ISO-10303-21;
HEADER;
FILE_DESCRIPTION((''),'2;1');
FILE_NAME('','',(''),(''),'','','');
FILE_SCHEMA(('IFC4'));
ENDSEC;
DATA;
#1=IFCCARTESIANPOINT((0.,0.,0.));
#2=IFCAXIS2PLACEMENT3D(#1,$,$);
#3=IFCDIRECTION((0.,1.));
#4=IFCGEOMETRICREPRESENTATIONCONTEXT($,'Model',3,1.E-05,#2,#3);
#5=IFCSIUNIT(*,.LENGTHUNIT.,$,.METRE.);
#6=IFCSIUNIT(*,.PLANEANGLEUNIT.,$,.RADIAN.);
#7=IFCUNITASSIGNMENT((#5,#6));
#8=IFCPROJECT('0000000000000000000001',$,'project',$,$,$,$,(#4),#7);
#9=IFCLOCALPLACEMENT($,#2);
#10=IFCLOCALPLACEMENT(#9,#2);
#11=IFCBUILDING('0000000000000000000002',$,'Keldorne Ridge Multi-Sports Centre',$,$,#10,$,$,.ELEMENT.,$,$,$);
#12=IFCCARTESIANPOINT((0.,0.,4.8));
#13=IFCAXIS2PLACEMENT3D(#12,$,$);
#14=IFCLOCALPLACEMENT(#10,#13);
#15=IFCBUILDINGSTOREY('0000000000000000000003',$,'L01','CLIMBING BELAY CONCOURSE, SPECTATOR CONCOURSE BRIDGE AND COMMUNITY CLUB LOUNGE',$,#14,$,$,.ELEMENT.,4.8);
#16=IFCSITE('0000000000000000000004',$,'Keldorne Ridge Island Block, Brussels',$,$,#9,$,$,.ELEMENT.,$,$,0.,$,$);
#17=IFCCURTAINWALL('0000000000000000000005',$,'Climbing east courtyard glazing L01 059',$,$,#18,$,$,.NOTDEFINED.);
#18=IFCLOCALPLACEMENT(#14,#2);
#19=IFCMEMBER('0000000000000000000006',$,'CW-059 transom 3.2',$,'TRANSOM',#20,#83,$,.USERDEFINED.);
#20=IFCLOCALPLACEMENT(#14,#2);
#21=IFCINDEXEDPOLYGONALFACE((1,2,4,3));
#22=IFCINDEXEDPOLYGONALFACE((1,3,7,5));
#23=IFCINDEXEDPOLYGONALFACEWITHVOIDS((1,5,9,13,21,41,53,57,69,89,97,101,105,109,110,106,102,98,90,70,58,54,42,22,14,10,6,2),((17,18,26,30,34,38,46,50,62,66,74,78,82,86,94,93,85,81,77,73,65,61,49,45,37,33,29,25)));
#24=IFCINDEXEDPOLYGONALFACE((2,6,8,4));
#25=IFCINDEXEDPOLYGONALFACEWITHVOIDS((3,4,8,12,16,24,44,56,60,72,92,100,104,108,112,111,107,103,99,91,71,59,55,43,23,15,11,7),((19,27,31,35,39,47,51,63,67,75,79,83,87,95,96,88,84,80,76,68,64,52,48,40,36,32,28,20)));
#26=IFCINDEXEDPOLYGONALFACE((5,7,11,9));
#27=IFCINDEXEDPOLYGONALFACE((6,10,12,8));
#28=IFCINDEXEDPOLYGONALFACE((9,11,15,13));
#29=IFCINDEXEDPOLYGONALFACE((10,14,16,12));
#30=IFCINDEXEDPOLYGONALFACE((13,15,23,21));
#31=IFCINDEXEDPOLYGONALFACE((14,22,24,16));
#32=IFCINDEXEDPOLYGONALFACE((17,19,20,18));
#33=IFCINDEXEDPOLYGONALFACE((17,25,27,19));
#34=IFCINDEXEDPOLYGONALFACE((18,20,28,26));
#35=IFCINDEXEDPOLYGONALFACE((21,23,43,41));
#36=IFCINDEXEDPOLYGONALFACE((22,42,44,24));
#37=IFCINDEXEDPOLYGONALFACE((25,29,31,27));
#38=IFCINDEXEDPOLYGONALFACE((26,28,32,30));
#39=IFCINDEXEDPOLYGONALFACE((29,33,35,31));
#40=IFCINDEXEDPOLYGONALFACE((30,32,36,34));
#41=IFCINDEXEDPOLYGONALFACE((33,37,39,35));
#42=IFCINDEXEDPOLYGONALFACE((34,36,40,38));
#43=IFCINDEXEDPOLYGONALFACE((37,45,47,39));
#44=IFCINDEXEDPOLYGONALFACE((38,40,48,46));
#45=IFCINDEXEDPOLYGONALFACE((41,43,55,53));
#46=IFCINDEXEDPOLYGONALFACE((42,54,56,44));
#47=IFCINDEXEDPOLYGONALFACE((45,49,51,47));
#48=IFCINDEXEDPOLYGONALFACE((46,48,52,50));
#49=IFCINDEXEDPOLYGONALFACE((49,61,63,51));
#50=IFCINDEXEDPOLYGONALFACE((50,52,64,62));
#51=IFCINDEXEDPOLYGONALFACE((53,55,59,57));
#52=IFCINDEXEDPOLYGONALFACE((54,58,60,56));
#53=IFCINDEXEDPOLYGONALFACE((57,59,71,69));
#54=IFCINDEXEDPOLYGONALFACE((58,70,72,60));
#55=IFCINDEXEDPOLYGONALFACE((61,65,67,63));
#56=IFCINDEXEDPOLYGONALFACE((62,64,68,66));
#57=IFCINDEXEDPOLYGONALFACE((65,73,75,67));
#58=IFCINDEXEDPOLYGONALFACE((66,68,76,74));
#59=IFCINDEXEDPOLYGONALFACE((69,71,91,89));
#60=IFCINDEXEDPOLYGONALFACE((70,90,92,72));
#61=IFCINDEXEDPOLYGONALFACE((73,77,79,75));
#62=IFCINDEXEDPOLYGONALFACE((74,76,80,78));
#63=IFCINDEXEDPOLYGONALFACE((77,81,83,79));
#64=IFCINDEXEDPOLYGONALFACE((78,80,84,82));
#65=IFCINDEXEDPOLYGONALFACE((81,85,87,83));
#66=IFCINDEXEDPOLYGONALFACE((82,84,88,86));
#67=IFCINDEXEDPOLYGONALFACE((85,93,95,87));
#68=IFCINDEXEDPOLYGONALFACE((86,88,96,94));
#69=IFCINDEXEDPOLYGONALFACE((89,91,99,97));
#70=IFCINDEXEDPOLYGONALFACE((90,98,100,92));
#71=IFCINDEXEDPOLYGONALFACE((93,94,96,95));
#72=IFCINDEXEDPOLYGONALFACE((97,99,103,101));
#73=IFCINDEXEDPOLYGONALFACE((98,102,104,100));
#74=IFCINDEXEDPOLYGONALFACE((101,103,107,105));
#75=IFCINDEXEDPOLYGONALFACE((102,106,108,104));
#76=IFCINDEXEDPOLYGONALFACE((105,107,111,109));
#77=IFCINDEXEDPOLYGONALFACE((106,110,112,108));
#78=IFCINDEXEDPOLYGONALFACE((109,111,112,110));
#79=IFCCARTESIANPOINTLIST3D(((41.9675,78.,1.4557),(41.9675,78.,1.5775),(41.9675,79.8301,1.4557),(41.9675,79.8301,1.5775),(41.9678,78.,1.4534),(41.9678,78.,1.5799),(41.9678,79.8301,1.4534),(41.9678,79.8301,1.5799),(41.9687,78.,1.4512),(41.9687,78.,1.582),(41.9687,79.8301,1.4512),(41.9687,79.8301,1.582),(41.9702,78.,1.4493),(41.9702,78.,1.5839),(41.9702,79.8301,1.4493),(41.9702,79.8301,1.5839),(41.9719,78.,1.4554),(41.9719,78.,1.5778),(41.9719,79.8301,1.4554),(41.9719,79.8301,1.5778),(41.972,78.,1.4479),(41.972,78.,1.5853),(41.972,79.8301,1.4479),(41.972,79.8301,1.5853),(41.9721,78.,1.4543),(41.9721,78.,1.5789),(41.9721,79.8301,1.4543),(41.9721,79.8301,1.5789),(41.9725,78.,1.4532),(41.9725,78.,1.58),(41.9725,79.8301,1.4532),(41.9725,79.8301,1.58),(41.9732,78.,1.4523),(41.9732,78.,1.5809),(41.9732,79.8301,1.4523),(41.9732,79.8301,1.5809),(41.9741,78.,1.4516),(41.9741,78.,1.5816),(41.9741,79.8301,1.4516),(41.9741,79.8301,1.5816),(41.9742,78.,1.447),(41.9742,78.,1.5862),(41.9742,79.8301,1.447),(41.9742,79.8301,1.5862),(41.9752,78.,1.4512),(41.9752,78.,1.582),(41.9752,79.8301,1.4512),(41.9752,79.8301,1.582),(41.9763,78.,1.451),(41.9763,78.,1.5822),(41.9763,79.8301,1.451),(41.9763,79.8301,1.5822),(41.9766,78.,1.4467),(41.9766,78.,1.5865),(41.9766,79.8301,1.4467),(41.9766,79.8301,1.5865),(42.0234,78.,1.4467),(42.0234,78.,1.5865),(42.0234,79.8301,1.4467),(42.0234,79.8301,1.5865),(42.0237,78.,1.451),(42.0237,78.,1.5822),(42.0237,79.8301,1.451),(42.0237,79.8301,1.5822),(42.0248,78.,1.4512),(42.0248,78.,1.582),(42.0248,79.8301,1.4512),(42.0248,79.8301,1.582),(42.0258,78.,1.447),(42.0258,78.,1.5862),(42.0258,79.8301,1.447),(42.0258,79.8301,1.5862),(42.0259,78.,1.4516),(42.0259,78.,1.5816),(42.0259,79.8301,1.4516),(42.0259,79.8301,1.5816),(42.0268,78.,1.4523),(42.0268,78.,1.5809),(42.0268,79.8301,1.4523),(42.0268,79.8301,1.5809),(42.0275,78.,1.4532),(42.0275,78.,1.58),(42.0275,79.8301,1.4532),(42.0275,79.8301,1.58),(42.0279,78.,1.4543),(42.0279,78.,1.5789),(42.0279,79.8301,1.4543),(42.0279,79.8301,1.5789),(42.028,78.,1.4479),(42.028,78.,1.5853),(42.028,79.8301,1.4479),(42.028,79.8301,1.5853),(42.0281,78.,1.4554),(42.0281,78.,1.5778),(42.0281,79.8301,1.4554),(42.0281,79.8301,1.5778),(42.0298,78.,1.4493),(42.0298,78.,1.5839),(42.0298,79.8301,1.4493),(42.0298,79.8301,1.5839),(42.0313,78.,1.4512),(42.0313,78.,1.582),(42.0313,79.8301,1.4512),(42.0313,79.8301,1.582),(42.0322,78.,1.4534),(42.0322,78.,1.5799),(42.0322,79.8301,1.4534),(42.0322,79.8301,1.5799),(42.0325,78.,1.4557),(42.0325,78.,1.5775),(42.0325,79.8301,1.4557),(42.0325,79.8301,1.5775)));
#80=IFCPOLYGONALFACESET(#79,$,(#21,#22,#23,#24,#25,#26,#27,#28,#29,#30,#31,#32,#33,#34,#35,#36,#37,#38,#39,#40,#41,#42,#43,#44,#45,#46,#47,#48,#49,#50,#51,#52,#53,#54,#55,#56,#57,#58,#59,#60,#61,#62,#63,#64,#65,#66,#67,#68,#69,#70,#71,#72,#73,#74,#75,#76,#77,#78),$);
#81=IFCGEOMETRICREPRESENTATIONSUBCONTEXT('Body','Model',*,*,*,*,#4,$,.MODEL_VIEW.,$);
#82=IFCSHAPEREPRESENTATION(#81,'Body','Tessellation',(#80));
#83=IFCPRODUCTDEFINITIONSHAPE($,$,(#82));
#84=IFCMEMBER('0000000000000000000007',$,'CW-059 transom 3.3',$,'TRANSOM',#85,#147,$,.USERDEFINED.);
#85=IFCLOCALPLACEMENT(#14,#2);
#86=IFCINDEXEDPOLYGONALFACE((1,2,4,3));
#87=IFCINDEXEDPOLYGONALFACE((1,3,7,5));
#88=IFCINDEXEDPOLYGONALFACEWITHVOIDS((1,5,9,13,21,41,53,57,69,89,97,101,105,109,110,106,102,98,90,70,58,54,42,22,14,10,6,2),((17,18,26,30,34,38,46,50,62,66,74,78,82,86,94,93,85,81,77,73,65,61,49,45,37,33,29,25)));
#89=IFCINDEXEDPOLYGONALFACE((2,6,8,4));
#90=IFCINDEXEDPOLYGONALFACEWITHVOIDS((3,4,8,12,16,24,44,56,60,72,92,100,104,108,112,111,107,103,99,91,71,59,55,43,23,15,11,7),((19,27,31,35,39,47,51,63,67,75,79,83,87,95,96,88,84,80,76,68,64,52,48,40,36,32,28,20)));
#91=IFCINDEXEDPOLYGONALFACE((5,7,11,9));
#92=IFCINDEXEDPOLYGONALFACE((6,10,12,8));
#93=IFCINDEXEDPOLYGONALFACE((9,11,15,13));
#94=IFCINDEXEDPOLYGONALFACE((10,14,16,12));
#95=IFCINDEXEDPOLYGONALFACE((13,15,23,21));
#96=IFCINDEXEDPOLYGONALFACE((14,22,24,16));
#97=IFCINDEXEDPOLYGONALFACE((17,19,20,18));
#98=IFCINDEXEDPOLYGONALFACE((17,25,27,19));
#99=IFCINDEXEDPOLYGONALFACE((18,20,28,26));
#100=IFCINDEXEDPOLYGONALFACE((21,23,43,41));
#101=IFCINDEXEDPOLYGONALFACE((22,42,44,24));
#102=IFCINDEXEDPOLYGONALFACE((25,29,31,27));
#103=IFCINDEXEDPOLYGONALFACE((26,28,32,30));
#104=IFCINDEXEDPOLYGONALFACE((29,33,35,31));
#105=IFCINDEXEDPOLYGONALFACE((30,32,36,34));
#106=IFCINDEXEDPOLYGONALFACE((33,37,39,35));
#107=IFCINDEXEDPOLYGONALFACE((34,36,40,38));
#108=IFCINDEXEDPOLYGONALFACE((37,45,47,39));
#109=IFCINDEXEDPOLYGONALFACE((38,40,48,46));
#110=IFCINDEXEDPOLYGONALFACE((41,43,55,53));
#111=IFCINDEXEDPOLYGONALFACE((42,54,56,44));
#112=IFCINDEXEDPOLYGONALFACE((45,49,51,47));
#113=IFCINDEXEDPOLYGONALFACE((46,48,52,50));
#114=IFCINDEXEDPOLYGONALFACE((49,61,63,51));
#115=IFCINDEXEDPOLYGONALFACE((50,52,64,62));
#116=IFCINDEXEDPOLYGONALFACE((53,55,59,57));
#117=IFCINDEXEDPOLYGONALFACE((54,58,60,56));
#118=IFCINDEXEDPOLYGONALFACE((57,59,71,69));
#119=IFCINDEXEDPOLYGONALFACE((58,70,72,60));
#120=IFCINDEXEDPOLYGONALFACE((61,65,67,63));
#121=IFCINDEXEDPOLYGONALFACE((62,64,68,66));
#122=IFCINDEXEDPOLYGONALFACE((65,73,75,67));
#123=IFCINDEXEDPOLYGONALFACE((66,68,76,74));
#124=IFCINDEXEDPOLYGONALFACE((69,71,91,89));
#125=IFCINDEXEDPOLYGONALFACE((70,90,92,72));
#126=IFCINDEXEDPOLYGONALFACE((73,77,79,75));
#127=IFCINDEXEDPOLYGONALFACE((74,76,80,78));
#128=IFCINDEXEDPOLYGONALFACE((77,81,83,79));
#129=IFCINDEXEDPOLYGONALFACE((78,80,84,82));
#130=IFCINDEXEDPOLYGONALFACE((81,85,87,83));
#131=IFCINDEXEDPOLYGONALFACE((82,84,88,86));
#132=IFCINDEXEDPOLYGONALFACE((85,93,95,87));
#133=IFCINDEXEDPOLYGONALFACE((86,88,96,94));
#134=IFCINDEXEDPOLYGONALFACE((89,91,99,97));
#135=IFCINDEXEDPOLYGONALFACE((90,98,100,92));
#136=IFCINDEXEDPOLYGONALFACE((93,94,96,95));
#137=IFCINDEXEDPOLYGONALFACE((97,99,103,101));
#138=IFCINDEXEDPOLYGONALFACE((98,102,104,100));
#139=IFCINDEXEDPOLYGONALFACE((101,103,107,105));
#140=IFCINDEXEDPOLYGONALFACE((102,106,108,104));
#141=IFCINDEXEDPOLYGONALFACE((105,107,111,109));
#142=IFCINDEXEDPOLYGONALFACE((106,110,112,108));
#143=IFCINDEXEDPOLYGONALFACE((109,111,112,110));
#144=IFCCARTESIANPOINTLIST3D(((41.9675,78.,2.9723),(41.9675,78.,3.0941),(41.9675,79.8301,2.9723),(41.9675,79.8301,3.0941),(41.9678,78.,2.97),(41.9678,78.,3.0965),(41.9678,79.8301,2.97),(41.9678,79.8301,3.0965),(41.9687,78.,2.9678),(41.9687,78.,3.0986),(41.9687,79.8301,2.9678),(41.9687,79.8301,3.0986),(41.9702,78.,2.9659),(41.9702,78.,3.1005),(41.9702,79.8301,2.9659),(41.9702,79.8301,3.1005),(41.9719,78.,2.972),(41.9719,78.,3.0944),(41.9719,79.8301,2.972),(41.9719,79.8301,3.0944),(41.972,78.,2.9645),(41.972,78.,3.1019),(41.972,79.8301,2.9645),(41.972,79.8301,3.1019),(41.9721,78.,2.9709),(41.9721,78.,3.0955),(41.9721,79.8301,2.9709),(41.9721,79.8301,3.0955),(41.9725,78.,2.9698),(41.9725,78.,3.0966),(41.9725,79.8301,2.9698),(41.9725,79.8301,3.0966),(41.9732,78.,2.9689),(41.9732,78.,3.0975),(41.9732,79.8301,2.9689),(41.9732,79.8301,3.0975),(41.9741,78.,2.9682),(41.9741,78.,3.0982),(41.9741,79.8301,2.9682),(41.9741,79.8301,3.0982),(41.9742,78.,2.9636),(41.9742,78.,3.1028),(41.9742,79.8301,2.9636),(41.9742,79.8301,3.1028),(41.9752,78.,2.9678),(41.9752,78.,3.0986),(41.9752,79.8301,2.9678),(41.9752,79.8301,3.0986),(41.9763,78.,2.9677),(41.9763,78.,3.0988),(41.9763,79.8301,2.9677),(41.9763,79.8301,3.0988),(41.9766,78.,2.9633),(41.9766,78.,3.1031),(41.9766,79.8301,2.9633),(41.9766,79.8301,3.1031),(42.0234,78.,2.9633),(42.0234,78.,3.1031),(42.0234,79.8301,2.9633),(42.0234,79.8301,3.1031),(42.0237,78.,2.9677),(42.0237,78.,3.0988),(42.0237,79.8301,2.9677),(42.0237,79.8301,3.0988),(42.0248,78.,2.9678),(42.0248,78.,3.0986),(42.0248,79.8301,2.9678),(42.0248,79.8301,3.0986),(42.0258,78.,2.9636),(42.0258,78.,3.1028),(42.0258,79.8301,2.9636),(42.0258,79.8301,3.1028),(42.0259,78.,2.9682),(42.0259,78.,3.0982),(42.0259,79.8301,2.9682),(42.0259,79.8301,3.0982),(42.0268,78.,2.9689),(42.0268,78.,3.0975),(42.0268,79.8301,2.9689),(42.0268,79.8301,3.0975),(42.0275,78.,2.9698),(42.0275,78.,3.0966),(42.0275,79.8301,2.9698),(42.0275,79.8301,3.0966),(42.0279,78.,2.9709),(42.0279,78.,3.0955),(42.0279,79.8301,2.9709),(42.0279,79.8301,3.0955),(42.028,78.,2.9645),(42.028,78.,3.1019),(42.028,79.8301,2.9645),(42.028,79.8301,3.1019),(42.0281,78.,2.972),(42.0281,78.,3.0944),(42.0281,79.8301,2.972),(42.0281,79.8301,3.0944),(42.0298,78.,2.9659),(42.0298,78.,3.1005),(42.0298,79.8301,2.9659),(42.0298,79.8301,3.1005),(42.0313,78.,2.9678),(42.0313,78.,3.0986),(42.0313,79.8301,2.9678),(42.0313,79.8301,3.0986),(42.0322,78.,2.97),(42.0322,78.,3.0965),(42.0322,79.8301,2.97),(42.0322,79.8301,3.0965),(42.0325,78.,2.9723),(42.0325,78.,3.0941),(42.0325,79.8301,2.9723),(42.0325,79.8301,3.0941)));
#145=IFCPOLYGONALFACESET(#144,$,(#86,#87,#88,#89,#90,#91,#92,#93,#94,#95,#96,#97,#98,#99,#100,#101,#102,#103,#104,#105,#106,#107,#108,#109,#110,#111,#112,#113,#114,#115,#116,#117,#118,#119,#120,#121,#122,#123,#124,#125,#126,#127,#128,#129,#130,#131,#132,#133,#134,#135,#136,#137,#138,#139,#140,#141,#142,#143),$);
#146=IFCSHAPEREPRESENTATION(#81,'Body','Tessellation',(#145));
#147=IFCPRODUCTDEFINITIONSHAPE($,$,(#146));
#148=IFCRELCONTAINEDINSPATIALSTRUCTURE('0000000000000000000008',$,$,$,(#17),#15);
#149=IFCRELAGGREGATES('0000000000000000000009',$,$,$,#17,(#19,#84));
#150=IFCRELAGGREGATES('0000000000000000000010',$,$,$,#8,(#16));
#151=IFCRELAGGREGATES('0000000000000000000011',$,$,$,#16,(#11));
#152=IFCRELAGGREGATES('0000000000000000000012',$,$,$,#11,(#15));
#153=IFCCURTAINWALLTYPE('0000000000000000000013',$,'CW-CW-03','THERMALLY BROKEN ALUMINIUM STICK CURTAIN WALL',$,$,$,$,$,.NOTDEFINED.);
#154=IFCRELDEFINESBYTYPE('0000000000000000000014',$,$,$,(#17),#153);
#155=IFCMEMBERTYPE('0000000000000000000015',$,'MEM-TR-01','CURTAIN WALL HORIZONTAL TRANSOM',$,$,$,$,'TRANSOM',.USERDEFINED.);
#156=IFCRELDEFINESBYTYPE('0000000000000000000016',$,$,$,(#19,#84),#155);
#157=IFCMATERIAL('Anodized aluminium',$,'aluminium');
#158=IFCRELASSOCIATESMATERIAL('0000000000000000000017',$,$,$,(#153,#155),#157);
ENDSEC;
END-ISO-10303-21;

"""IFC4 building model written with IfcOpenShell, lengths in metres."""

from ifc_helpers import new_model, si_unit, direction, frame, origin, origin_2d, place, context, subcontext, project, spatial, hollow_rectangle, extrude, material, material_profile, profile_set, type_object, element, aggregate, save


model = new_model("IFC4")

# Units and contexts
model_context = context("Model", 3, precision=1e-05, world=origin(), true_north=direction((0.0, 1.0)))
body_context = subcontext(model_context, "Body", "Model", "MODEL_VIEW")
ifc_project = project(units=[si_unit("LENGTHUNIT", "METRE"), si_unit("PLANEANGLEUNIT", "RADIAN")], contexts=[model_context])

# Site, building, storey
site_placement = place(None, origin())
site = spatial("IfcSite", under=ifc_project, at=site_placement, Name="Keldorne Ridge Island Block, Brussels", CompositionType="ELEMENT", RefElevation=0.0)
building_placement = place(site_placement, origin())
building = spatial("IfcBuilding", under=site, at=building_placement, Name="Keldorne Ridge Multi-Sports Centre", CompositionType="ELEMENT")
storey_placement = place(building_placement, frame((0.0, 0.0, 4.8)))
storey = spatial("IfcBuildingStorey", under=building, at=storey_placement, Name="L01", Description="CLIMBING BELAY CONCOURSE, SPECTATOR CONCOURSE BRIDGE AND COMMUNITY CLUB LOUNGE", CompositionType="ELEMENT", Elevation=4.8)

# Curtain wall
ifc_material_1 = material(Name="Anodized aluminium", Category="aluminium")
curtain_wall_type_1 = type_object("IfcCurtainWallType", Name="CW-CW-03", Description="THERMALLY BROKEN ALUMINIUM STICK CURTAIN WALL", PredefinedType="NOTDEFINED", material=ifc_material_1)
curtain_wall_1_placement = place(storey_placement, origin())
curtain_wall_1 = element("IfcCurtainWall", 1, at=curtain_wall_1_placement, inside=storey, type_object=curtain_wall_type_1, Name="Climbing east courtyard glazing L01 059", PredefinedType="NOTDEFINED")
ifc_material_profile_1 = material_profile(ifc_material_1, hollow_rectangle(XDim=0.0649, YDim=0.1399, WallThickness=0.0044, InnerFilletRadius=0.0044, OuterFilletRadius=0.009, at=origin_2d()), Name="ALU TRANSOM 140x65x4.5")
ifc_profile_set_1 = profile_set([ifc_material_profile_1], Name="Anodized aluminium")
member_type_1 = type_object("IfcMemberType", Name="MEM-TR-01", Description="CURTAIN WALL HORIZONTAL TRANSOM", ElementType="TRANSOM", PredefinedType="USERDEFINED", material=ifc_profile_set_1)

# Members
member_1_placement = place(storey_placement, frame((42.0, 78.0, 1.5166), z_axis=(0.0, 1.0, 0.0), x_axis=(-1.0, 0.0, 0.0)))
member_1 = element("IfcMember", 2, at=member_1_placement, type_object=member_type_1, Name="CW-059 transom 3.2", ObjectType="TRANSOM", PredefinedType="USERDEFINED", context=body_context, shape_type="SweptSolid", body=[
    extrude(hollow_rectangle(XDim=0.0649, YDim=0.1399, WallThickness=0.0044, InnerFilletRadius=0.0044, OuterFilletRadius=0.009, at=origin_2d()), origin(), (0.0, 0.0, 1.0), 1.8301),
])
member_2_placement = place(storey_placement, frame((42.0, 78.0, 3.0332), z_axis=(0.0, 1.0, 0.0), x_axis=(-1.0, 0.0, 0.0)))
member_2 = element("IfcMember", 3, at=member_2_placement, type_object=member_type_1, Name="CW-059 transom 3.3", ObjectType="TRANSOM", PredefinedType="USERDEFINED", context=body_context, shape_type="SweptSolid", body=[
    extrude(hollow_rectangle(XDim=0.0649, YDim=0.1399, WallThickness=0.0044, InnerFilletRadius=0.0044, OuterFilletRadius=0.009, at=origin_2d()), origin(), (0.0, 0.0, 1.0), 1.8301),
])

aggregate(curtain_wall_1, [member_1, member_2])

save(model, "model.ifc")
